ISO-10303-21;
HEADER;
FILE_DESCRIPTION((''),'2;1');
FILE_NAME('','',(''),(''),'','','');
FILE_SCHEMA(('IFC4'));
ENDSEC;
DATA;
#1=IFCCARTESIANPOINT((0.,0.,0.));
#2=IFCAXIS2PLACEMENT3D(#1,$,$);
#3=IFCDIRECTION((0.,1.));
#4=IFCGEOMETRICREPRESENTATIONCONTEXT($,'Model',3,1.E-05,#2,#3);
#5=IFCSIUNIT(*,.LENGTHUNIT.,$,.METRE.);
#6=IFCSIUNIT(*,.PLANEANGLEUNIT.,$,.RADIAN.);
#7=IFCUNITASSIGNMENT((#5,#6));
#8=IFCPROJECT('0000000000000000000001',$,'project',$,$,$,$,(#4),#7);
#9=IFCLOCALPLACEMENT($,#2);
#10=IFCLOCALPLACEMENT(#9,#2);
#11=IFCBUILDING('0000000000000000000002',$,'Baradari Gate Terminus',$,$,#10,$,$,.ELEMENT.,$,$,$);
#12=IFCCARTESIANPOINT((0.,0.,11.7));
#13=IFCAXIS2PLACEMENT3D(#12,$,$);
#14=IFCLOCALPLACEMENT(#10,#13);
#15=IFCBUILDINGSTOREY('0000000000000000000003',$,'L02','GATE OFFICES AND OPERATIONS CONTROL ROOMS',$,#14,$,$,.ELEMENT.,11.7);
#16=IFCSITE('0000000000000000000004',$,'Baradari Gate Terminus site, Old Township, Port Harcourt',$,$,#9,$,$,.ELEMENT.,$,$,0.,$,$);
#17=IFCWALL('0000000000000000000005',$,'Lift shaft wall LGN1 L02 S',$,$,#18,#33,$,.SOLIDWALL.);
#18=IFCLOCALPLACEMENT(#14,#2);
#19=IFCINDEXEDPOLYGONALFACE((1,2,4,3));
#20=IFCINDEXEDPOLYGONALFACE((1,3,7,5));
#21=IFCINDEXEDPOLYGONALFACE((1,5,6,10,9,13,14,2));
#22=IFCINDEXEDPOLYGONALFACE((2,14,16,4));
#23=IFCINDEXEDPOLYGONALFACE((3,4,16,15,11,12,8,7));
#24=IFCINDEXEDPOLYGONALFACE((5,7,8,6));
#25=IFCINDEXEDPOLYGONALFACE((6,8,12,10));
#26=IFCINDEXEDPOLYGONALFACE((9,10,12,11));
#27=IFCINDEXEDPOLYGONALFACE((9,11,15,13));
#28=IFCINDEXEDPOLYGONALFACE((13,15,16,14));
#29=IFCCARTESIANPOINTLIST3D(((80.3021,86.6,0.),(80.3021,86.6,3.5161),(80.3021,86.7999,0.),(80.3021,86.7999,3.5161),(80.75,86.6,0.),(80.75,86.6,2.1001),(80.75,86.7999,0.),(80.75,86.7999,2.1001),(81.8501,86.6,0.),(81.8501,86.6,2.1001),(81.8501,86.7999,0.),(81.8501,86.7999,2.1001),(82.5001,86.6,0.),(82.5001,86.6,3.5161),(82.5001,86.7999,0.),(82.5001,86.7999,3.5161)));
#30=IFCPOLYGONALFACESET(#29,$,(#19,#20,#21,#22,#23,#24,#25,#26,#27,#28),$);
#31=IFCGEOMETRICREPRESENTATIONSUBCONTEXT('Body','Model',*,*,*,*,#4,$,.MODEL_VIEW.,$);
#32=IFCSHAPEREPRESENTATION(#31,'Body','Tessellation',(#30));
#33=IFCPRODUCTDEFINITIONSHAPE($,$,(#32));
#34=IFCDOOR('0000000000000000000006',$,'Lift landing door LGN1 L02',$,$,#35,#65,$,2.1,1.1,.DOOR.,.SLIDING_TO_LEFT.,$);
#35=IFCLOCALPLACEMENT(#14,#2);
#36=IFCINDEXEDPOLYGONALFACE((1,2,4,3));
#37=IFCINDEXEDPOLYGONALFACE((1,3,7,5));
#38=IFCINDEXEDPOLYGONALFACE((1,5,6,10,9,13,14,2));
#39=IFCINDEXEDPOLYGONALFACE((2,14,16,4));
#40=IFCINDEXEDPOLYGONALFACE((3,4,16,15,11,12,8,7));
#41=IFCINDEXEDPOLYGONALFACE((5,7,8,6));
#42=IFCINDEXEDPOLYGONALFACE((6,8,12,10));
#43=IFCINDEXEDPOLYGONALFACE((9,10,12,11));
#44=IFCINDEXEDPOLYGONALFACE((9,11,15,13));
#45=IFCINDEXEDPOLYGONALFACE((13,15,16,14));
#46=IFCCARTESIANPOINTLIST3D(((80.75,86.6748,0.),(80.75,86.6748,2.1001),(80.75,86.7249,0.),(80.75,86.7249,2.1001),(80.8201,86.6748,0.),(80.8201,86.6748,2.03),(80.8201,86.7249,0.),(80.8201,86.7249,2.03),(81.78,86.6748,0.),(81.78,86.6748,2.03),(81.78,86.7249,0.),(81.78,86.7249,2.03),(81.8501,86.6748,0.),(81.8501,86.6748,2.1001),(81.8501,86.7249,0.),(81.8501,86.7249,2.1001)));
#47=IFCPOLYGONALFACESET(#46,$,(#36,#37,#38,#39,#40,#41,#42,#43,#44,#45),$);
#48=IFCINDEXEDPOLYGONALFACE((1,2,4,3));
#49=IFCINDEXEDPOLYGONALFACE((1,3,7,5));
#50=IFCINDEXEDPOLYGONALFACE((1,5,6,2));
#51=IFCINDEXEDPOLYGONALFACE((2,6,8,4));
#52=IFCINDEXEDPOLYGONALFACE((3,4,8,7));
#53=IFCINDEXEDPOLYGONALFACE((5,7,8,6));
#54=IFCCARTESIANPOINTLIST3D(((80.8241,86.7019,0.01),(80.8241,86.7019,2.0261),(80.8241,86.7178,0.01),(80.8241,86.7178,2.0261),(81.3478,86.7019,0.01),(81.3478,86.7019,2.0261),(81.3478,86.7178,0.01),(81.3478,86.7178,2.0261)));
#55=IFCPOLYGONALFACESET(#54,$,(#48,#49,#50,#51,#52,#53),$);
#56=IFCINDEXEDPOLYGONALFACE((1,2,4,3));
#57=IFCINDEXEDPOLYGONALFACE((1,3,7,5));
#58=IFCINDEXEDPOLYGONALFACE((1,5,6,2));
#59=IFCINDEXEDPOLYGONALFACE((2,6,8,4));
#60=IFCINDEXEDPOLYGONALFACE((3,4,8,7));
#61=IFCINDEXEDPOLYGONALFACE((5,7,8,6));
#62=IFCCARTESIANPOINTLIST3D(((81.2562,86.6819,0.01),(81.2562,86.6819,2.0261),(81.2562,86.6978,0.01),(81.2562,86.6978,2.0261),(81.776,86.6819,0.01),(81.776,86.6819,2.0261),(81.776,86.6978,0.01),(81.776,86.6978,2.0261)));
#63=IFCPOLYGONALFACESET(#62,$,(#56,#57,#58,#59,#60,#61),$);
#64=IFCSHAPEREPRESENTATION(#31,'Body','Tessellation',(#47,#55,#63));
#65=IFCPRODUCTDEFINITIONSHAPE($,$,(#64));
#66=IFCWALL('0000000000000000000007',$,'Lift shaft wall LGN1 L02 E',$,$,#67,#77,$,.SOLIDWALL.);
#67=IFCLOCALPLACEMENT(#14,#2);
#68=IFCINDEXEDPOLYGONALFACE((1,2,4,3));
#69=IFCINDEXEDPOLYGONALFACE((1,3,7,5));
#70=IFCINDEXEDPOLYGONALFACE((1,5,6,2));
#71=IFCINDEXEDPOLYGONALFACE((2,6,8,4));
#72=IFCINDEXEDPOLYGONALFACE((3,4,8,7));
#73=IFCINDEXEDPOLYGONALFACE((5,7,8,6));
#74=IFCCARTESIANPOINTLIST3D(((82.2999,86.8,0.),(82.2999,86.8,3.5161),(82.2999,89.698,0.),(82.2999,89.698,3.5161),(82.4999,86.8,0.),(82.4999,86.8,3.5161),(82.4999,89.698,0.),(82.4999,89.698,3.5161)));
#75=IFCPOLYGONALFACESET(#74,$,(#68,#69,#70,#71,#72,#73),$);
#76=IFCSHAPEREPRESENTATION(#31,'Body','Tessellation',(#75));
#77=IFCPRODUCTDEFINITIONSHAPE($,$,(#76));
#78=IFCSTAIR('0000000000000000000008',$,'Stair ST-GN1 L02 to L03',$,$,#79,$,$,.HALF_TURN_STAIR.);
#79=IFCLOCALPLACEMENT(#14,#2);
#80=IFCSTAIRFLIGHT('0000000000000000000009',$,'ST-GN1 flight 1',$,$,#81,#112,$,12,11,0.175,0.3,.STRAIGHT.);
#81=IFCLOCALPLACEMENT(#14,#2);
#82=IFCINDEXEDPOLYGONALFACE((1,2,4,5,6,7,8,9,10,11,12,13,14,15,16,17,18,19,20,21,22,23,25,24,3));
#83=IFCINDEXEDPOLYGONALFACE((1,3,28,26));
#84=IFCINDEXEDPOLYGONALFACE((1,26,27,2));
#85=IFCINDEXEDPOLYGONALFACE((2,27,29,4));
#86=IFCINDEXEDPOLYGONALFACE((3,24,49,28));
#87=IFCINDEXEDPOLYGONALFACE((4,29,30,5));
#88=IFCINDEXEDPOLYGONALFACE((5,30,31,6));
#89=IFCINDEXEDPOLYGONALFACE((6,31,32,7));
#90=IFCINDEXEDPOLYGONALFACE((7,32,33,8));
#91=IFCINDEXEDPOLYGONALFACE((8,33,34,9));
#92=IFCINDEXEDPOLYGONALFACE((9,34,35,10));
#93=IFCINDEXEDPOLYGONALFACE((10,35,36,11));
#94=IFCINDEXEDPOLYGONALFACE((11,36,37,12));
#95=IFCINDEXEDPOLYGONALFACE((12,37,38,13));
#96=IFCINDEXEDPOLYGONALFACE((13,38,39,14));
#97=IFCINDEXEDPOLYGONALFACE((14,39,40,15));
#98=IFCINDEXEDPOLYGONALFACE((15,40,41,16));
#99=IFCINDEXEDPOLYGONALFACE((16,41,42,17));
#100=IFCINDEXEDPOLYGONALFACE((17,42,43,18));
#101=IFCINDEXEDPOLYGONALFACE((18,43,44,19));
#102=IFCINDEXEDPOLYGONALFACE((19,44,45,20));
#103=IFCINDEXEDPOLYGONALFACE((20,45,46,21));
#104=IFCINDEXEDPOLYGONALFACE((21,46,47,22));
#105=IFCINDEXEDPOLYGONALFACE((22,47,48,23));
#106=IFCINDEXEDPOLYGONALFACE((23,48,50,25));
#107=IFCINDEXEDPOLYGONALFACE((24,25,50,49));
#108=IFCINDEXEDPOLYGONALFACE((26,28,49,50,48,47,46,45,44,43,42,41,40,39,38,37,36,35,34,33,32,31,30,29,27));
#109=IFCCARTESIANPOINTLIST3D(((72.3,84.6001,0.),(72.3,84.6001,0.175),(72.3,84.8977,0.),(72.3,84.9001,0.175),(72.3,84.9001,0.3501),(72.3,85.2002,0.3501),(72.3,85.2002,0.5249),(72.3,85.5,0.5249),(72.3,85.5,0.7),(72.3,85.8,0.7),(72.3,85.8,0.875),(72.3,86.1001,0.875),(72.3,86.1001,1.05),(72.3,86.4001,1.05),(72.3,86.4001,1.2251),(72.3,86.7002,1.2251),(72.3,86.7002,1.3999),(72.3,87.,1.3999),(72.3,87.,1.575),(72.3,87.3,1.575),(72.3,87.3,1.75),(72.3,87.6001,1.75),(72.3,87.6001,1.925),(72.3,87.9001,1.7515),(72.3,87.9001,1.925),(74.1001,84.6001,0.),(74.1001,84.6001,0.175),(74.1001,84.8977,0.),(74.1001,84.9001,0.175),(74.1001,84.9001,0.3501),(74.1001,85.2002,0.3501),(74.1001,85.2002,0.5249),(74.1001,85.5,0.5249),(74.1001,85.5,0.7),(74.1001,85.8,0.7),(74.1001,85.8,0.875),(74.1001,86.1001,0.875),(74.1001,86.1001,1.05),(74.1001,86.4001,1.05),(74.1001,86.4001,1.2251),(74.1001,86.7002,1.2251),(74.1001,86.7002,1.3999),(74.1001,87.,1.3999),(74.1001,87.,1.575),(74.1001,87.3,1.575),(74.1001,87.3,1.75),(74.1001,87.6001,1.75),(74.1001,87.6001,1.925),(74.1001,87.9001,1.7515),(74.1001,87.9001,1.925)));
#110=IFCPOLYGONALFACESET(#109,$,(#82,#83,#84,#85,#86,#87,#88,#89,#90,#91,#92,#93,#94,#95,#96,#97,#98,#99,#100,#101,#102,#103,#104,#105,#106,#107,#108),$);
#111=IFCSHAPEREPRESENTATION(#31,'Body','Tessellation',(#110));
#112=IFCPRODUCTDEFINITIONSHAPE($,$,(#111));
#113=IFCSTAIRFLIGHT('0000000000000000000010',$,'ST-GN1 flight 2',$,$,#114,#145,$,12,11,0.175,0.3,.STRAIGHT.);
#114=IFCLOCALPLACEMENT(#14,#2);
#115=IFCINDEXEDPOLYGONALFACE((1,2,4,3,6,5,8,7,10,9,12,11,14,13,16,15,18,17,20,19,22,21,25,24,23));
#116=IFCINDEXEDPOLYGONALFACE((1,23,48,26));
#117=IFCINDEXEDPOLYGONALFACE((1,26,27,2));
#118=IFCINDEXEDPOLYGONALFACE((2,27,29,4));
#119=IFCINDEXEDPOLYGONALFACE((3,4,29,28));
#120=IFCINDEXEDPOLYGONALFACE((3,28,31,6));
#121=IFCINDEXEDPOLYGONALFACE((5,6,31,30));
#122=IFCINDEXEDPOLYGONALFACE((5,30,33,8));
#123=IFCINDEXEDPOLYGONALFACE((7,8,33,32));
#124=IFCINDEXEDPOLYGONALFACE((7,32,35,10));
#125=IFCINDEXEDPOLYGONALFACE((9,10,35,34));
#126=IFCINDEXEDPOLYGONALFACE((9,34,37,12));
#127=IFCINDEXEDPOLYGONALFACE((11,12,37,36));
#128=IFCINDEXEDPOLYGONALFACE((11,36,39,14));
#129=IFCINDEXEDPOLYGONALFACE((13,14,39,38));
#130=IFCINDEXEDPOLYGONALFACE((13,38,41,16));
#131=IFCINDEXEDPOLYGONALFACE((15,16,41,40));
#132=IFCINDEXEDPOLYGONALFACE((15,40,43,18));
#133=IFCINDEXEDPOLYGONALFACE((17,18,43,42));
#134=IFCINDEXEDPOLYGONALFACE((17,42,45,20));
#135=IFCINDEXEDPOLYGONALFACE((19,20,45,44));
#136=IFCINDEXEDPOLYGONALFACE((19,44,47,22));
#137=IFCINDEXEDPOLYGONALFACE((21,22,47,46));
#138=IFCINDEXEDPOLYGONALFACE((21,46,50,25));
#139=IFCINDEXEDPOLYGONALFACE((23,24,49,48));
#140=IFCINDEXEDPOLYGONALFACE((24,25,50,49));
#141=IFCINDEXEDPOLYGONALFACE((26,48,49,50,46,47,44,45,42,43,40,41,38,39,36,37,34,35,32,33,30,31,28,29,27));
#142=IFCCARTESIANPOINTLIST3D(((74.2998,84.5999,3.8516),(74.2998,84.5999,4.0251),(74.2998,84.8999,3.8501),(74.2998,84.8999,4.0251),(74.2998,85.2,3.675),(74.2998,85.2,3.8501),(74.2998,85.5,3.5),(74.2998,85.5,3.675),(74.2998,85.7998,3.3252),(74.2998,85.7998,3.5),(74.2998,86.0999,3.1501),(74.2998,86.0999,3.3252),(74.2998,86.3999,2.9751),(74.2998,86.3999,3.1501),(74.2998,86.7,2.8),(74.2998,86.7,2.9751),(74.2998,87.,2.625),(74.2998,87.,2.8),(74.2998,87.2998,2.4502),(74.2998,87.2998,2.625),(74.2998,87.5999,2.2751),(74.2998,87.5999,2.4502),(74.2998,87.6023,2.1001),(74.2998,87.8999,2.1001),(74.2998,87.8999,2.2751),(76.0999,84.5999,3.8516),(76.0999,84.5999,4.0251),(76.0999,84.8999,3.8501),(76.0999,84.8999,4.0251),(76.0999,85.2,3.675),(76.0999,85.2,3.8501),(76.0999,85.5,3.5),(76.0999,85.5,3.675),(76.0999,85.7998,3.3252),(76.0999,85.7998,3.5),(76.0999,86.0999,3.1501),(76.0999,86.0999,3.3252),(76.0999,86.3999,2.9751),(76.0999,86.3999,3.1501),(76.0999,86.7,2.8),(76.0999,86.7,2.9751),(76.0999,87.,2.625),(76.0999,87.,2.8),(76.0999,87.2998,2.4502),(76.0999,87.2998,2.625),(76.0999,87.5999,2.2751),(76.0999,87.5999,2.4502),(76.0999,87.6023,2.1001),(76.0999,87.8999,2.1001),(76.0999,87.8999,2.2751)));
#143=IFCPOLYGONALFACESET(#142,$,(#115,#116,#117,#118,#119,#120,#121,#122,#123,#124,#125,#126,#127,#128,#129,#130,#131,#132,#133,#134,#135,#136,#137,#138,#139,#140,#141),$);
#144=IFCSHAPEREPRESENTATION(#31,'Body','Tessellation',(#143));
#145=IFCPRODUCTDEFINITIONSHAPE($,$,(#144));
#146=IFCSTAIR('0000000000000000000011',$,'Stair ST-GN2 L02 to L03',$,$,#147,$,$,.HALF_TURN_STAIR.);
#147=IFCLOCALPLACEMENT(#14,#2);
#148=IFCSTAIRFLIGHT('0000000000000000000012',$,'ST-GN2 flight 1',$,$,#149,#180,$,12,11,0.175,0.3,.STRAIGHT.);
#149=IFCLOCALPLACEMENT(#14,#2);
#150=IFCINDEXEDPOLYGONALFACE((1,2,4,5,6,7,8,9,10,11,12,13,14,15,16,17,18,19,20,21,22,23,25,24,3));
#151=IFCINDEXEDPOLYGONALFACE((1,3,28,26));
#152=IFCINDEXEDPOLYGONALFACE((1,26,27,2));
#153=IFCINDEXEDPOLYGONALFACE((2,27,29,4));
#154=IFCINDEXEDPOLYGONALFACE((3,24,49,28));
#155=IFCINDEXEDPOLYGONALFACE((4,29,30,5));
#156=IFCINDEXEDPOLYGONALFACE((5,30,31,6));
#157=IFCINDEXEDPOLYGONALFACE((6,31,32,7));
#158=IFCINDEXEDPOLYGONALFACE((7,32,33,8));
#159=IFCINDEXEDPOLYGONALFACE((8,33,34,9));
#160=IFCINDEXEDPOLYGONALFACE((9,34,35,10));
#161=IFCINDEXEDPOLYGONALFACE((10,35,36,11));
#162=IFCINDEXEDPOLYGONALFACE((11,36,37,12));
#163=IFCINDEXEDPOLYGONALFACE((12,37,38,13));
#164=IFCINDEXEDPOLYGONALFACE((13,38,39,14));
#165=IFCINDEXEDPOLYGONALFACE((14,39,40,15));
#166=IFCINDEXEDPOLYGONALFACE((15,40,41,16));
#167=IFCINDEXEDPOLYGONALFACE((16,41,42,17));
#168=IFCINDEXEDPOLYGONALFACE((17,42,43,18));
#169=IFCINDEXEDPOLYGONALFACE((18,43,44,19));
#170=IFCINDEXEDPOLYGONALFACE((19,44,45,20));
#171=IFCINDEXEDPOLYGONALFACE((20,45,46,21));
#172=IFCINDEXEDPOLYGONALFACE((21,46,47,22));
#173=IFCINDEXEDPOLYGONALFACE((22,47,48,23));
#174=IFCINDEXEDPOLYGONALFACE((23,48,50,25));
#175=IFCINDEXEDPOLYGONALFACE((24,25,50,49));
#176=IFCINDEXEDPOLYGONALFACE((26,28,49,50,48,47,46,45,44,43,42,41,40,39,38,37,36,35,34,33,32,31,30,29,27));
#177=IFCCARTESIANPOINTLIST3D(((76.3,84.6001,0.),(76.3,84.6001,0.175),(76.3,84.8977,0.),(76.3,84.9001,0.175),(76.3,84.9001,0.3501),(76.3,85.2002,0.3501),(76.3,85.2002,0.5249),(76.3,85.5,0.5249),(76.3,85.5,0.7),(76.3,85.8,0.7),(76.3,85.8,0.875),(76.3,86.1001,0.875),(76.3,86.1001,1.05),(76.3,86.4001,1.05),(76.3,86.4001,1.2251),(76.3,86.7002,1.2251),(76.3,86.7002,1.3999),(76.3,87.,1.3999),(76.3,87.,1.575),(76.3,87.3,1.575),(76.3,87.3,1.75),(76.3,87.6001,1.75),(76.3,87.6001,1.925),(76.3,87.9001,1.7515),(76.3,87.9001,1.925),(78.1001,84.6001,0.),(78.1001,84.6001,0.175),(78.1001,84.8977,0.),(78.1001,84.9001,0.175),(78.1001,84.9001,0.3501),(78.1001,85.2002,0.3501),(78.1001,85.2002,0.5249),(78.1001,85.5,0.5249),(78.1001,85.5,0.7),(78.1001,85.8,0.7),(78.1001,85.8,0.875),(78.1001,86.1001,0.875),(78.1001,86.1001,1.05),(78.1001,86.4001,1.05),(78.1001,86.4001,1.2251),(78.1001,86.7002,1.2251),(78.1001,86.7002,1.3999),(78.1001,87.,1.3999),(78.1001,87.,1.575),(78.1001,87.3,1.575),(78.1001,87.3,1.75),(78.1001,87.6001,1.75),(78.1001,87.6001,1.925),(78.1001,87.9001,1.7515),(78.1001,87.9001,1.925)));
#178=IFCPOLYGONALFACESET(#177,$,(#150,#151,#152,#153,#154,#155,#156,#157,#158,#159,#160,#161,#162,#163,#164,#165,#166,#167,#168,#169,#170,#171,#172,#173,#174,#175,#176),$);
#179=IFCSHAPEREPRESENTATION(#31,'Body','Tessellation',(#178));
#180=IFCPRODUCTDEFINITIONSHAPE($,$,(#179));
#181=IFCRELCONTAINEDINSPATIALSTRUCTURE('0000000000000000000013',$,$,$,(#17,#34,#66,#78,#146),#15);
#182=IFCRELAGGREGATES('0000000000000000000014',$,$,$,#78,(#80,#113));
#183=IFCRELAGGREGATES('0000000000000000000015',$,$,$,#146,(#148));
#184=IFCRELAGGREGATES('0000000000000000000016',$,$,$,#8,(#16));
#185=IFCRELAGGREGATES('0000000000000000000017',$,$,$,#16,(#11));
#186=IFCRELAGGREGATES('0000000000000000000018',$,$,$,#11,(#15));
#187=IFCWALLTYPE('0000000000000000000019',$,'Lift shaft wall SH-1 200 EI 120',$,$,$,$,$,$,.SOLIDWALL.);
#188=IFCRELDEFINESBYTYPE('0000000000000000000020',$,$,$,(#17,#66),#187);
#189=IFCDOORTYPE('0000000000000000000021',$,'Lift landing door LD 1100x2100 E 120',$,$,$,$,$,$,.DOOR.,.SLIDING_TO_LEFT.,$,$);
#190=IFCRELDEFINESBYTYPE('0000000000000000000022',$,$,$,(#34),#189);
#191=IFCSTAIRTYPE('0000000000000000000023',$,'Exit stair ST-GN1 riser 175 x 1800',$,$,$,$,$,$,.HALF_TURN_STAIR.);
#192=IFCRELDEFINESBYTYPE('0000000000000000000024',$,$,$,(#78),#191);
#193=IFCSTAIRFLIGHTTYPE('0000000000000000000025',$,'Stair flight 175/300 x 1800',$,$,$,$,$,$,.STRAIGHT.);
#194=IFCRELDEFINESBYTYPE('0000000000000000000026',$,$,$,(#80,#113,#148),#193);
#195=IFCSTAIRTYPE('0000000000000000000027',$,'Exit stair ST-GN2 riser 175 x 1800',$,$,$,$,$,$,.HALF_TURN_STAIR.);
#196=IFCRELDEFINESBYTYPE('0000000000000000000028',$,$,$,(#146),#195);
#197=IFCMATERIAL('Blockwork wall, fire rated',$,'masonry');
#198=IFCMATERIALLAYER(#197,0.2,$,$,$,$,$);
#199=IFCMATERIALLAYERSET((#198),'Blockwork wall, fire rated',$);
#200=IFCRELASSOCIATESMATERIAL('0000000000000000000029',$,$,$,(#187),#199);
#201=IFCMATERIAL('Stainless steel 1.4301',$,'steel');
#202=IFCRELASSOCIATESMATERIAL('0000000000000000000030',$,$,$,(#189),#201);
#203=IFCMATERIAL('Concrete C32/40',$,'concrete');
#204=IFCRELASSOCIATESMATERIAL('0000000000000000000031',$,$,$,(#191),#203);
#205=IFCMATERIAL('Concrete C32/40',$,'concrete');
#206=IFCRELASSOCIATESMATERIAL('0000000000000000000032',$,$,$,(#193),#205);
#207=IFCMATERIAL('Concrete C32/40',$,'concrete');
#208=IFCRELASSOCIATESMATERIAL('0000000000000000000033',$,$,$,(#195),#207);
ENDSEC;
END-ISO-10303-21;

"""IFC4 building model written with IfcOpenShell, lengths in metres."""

from ifc_helpers import new_model, si_unit, direction, frame, frame_2d, origin, place, context, subcontext, project, spatial, polyline, rectangle, outline, extrude, material, layer, layer_set, type_object, element, fill, aggregate, save


model = new_model("IFC4")

# Units and contexts
model_context = context("Model", 3, precision=1e-05, world=origin(), true_north=direction((0.0, 1.0)))
body_context = subcontext(model_context, "Body", "Model", "MODEL_VIEW")
ifc_project = project(units=[si_unit("LENGTHUNIT", "METRE"), si_unit("PLANEANGLEUNIT", "RADIAN")], contexts=[model_context])

# Site, building, storey
site_placement = place(None, origin())
site = spatial("IfcSite", under=ifc_project, at=site_placement, Name="Baradari Gate Terminus site, Old Township, Port Harcourt", CompositionType="ELEMENT", RefElevation=0.0)
building_placement = place(site_placement, origin())
building = spatial("IfcBuilding", under=site, at=building_placement, Name="Baradari Gate Terminus", CompositionType="ELEMENT")
storey_placement = place(building_placement, frame((0.0, 0.0, 11.7)))
storey = spatial("IfcBuildingStorey", under=building, at=storey_placement, Name="L02", Description="GATE OFFICES AND OPERATIONS CONTROL ROOMS", CompositionType="ELEMENT", Elevation=11.7)

# Wall, opening, door
ifc_material_1 = material(Name="Blockwork wall, fire rated", Category="masonry")
ifc_layer_1 = layer(ifc_material_1, 0.2)
ifc_layer_set_1 = layer_set([ifc_layer_1], Name="Blockwork wall, fire rated")
wall_type_1 = type_object("IfcWallType", Name="Lift shaft wall SH-1 200 EI 120", PredefinedType="SOLIDWALL", material=ifc_layer_set_1)
wall_1_placement = place(storey_placement, frame((80.302, 86.7, 0.0), z_axis=(0.0, 0.0, 1.0), x_axis=(1.0, 0.0, 0.0)))
wall_1 = element("IfcWall", 1, at=wall_1_placement, inside=storey, type_object=wall_type_1, Name="Lift shaft wall LGN1 L02 S", PredefinedType="SOLIDWALL", context=body_context, shape_type="SweptSolid", body=[
    extrude(rectangle(XDim=2.198, YDim=0.2, at=frame_2d((1.0991, 0.0))), origin(), (0.0, 0.0, 1.0), 3.5161),
])
opening_placement = place(wall_1_placement, frame((0.448, 0.0, 0.0)))
opening = element("IfcOpeningElement", 2, at=opening_placement, cuts=wall_1, PredefinedType="OPENING", context=body_context, shape_type="SweptSolid", body=[
    extrude(rectangle(XDim=1.1001, YDim=2.1001, at=frame_2d((0.55, 1.05))), frame((0.0, 0.1099, 0.0), z_axis=(0.0, -1.0, 0.0), x_axis=(1.0, 0.0, 0.0)), (0.0, 0.0, 1.0), 0.22),
])
ifc_material_2 = material(Name="Stainless steel 1.4301", Category="steel")
door_type = type_object("IfcDoorType", Name="Lift landing door LD 1100x2100 E 120", OperationType="SLIDING_TO_LEFT", PredefinedType="DOOR", material=ifc_material_2)
door_placement = place(opening_placement, origin())
door = element("IfcDoor", 3, at=door_placement, inside=storey, type_object=door_type, Name="Lift landing door LGN1 L02", OperationType="SLIDING_TO_LEFT", OverallHeight=2.1, OverallWidth=1.1, PredefinedType="DOOR", context=body_context, shape_type="SweptSolid", body=[
    extrude(outline(polyline([(0.0, 0.0), (0.0701, 0.0), (0.0701, 2.03), (1.03, 2.03), (1.03, 0.0), (1.1001, 0.0), (1.1001, 2.1001), (0.0, 2.1001), (0.0, 0.0)])), frame((0.0, 0.0249, 0.0), z_axis=(0.0, -1.0, 0.0), x_axis=(1.0, 0.0, 0.0)), (0.0, 0.0, 1.0), 0.05),
    extrude(rectangle(XDim=0.5237, YDim=2.0161, at=frame_2d((0.3359, 1.0181))), frame((0.0, 0.0178, 0.0), z_axis=(0.0, -1.0, 0.0), x_axis=(1.0, 0.0, 0.0)), (0.0, 0.0, 1.0), 0.0159),
    extrude(rectangle(XDim=0.5198, YDim=2.0161, at=frame_2d((0.7661, 1.0181))), frame((0.0, -0.0022, 0.0), z_axis=(0.0, -1.0, 0.0), x_axis=(1.0, 0.0, 0.0)), (0.0, 0.0, 1.0), 0.0159),
])
fill(opening, door)

# Wall
wall_2_placement = place(storey_placement, frame((82.3999, 86.8, 0.0), z_axis=(0.0, 0.0, 1.0), x_axis=(0.0, 1.0, 0.0)))
element("IfcWall", 4, at=wall_2_placement, inside=storey, type_object=wall_type_1, Name="Lift shaft wall LGN1 L02 E", PredefinedType="SOLIDWALL", context=body_context, shape_type="SweptSolid", body=[
    extrude(rectangle(XDim=2.8979, YDim=0.2, at=frame_2d((1.449, 0.0))), origin(), (0.0, 0.0, 1.0), 3.5161),
])

# Stairs, stair flights
ifc_material_3 = material(Name="Concrete C32/40", Category="concrete")
stair_type_1 = type_object("IfcStairType", Name="Exit stair ST-GN1 riser 175 x 1800", PredefinedType="HALF_TURN_STAIR", material=ifc_material_3)
stair_1_placement = place(storey_placement, origin())
stair_1 = element("IfcStair", 5, at=stair_1_placement, inside=storey, type_object=stair_type_1, Name="Stair ST-GN1 L02 to L03", PredefinedType="HALF_TURN_STAIR")
ifc_material_4 = material(Name="Concrete C32/40", Category="concrete")
stair_flight_type = type_object("IfcStairFlightType", Name="Stair flight 175/300 x 1800", PredefinedType="STRAIGHT", material=ifc_material_4)
stair_flight_1_placement = place(storey_placement, frame((73.2, 84.6001, 0.0), z_axis=(0.0, 0.0, 1.0), x_axis=(0.0, 1.0, 0.0)))
stair_flight_1 = element("IfcStairFlight", 6, at=stair_flight_1_placement, type_object=stair_flight_type, Name="ST-GN1 flight 1", NumberOfRisers=12, NumberOfTreads=11, PredefinedType="STRAIGHT", RiserHeight=0.175, TreadLength=0.3, context=body_context, shape_type="SweptSolid", body=[
    extrude(outline(polyline([(0.0, 0.0), (0.0, 0.175), (0.3, 0.175), (0.3, 0.3501), (0.6001, 0.3501), (0.6001, 0.5249), (0.8999, 0.5249), (0.8999, 0.7), (1.2, 0.7), (1.2, 0.875), (1.5, 0.875), (1.5, 1.05), (1.8, 1.05), (1.8, 1.2251), (2.1001, 1.2251), (2.1001, 1.3999), (2.3999, 1.3999), (2.3999, 1.575), (2.7, 1.575), (2.7, 1.75), (3.0, 1.75), (3.0, 1.925), (3.3, 1.925), (3.3, 2.1001), (3.3, 1.7515), (0.2976, 0.0), (0.0, 0.0)])), frame((0.0, 0.8999, 0.0), z_axis=(0.0, -1.0, 0.0), x_axis=(1.0, 0.0, 0.0)), (0.0, 0.0, 1.0), 1.8),
])
stair_flight_2_placement = place(storey_placement, frame((75.2, 87.8999, 2.1001), z_axis=(0.0, 0.0, 1.0), x_axis=(0.0, -1.0, 0.0)))
stair_flight_2 = element("IfcStairFlight", 7, at=stair_flight_2_placement, type_object=stair_flight_type, Name="ST-GN1 flight 2", NumberOfRisers=12, NumberOfTreads=11, PredefinedType="STRAIGHT", RiserHeight=0.175, TreadLength=0.3, context=body_context, shape_type="SweptSolid", body=[
    extrude(outline(polyline([(0.0, 0.0), (0.0, 0.175), (0.3, 0.175), (0.3, 0.3501), (0.6001, 0.3501), (0.6001, 0.5249), (0.8999, 0.5249), (0.8999, 0.7), (1.2, 0.7), (1.2, 0.875), (1.5, 0.875), (1.5, 1.05), (1.8, 1.05), (1.8, 1.2251), (2.1001, 1.2251), (2.1001, 1.3999), (2.3999, 1.3999), (2.3999, 1.575), (2.7, 1.575), (2.7, 1.75), (3.0, 1.75), (3.0, 1.925), (3.3, 1.925), (3.3, 2.1001), (3.3, 1.7515), (0.2976, 0.0), (0.0, 0.0)])), frame((0.0, 0.8999, 0.0), z_axis=(0.0, -1.0, 0.0), x_axis=(1.0, 0.0, 0.0)), (0.0, 0.0, 1.0), 1.8),
])
aggregate(stair_1, [stair_flight_1, stair_flight_2])
ifc_material_5 = material(Name="Concrete C32/40", Category="concrete")
stair_type_2 = type_object("IfcStairType", Name="Exit stair ST-GN2 riser 175 x 1800", PredefinedType="HALF_TURN_STAIR", material=ifc_material_5)
stair_2_placement = place(storey_placement, origin())
stair_2 = element("IfcStair", 8, at=stair_2_placement, inside=storey, type_object=stair_type_2, Name="Stair ST-GN2 L02 to L03", PredefinedType="HALF_TURN_STAIR")
stair_flight_3_placement = place(storey_placement, frame((77.2, 84.6001, 0.0), z_axis=(0.0, 0.0, 1.0), x_axis=(0.0, 1.0, 0.0)))
stair_flight_3 = element("IfcStairFlight", 9, at=stair_flight_3_placement, type_object=stair_flight_type, Name="ST-GN2 flight 1", NumberOfRisers=12, NumberOfTreads=11, PredefinedType="STRAIGHT", RiserHeight=0.175, TreadLength=0.3, context=body_context, shape_type="SweptSolid", body=[
    extrude(outline(polyline([(0.0, 0.0), (0.0, 0.175), (0.3, 0.175), (0.3, 0.3501), (0.6001, 0.3501), (0.6001, 0.5249), (0.8999, 0.5249), (0.8999, 0.7), (1.2, 0.7), (1.2, 0.875), (1.5, 0.875), (1.5, 1.05), (1.8, 1.05), (1.8, 1.2251), (2.1001, 1.2251), (2.1001, 1.3999), (2.3999, 1.3999), (2.3999, 1.575), (2.7, 1.575), (2.7, 1.75), (3.0, 1.75), (3.0, 1.925), (3.3, 1.925), (3.3, 2.1001), (3.3, 1.7515), (0.2976, 0.0), (0.0, 0.0)])), frame((0.0, 0.8999, 0.0), z_axis=(0.0, -1.0, 0.0), x_axis=(1.0, 0.0, 0.0)), (0.0, 0.0, 1.0), 1.8),
])
aggregate(stair_2, [stair_flight_3])

save(model, "model.ifc")
